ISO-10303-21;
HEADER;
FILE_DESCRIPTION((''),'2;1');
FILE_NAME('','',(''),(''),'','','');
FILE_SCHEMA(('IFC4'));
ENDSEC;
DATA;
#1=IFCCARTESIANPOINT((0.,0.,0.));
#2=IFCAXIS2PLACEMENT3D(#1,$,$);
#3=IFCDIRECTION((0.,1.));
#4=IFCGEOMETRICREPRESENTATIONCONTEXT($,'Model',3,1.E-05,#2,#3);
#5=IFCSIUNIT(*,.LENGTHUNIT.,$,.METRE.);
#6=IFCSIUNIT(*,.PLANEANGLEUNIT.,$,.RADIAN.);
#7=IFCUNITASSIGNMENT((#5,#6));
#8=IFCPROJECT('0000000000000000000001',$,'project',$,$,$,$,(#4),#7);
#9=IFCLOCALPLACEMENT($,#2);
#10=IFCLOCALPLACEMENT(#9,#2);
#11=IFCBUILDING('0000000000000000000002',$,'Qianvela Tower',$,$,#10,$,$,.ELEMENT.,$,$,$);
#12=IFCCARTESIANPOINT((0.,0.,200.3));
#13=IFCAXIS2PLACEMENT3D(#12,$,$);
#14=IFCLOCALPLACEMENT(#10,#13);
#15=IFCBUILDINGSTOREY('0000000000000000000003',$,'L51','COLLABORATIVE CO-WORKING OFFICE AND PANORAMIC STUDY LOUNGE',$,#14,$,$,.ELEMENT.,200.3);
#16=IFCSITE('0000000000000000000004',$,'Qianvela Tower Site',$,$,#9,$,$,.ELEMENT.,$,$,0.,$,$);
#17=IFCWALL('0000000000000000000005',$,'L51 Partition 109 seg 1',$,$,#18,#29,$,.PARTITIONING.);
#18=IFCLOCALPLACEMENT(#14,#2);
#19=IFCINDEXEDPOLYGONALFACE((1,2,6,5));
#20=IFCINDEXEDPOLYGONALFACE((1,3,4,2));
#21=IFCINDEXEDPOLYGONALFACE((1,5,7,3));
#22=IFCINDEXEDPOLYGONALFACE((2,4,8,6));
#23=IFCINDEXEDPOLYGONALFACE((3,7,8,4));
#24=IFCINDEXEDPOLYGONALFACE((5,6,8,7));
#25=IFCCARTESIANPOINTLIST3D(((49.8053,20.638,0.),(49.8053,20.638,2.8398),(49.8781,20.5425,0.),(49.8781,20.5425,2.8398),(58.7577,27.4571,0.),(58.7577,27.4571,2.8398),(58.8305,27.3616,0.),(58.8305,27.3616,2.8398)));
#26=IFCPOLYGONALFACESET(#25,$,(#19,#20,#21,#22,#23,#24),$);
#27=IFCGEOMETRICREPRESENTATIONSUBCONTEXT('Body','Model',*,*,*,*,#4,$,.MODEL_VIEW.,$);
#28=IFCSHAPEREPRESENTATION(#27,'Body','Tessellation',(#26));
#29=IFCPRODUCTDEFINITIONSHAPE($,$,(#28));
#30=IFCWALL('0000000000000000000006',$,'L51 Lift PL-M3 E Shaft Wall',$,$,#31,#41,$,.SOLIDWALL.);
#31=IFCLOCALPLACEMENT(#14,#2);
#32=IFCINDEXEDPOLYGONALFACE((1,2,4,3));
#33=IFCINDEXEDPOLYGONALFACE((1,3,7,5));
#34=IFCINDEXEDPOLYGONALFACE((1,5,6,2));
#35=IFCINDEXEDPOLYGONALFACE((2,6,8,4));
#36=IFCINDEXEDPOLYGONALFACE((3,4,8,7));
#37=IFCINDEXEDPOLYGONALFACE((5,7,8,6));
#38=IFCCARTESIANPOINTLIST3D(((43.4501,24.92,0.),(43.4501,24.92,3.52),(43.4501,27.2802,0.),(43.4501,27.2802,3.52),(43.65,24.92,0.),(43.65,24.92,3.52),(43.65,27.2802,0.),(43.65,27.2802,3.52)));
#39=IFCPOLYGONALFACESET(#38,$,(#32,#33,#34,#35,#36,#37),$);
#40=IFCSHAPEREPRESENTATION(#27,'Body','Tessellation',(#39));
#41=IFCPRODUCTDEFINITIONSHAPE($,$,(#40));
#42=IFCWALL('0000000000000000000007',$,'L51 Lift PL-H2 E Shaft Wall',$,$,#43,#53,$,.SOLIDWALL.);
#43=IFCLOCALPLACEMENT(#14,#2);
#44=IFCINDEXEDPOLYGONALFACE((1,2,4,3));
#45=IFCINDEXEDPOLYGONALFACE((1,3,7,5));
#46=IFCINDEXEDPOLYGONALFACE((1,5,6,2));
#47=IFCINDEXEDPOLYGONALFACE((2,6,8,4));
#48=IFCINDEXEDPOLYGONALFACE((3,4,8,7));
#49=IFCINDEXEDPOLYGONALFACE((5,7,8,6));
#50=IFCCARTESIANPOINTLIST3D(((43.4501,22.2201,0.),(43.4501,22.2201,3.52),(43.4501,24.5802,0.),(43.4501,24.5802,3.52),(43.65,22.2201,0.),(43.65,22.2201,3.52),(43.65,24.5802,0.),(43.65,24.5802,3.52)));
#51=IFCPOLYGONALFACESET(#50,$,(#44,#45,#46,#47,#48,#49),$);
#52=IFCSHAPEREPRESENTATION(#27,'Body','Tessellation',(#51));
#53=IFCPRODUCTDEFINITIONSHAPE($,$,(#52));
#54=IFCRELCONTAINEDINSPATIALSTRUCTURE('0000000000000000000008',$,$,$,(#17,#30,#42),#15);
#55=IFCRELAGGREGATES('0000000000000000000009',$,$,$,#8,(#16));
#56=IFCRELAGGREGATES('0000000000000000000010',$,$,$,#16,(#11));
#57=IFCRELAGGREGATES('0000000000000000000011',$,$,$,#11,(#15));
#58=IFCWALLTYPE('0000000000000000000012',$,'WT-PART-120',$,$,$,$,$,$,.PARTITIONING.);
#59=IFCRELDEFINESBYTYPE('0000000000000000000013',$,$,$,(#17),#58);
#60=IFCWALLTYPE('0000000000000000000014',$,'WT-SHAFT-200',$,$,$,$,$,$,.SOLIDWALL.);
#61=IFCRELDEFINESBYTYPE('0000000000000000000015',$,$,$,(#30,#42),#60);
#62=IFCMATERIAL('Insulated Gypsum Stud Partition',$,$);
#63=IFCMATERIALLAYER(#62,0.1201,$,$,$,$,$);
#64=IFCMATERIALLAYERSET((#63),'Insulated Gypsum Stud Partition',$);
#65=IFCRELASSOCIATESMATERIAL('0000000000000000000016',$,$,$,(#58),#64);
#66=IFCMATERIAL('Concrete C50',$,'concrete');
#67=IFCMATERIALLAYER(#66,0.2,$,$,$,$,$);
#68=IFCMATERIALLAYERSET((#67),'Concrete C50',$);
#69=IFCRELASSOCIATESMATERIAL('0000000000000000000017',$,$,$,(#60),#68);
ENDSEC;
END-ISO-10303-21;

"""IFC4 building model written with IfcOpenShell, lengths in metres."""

from ifc_helpers import new_model, si_unit, direction, frame, frame_2d, origin, place, context, subcontext, project, spatial, rectangle, extrude, material, layer, layer_set, type_object, element, save


model = new_model("IFC4")

# Units and contexts
model_context = context("Model", 3, precision=1e-05, world=origin(), true_north=direction((0.0, 1.0)))
body_context = subcontext(model_context, "Body", "Model", "MODEL_VIEW")
ifc_project = project(units=[si_unit("LENGTHUNIT", "METRE"), si_unit("PLANEANGLEUNIT", "RADIAN")], contexts=[model_context])

# Site, building, storey
site_placement = place(None, origin())
site = spatial("IfcSite", under=ifc_project, at=site_placement, Name="Qianvela Tower Site", CompositionType="ELEMENT", RefElevation=0.0)
building_placement = place(site_placement, origin())
building = spatial("IfcBuilding", under=site, at=building_placement, Name="Qianvela Tower", CompositionType="ELEMENT")
storey_placement = place(building_placement, frame((0.0, 0.0, 200.3)))
storey = spatial("IfcBuildingStorey", under=building, at=storey_placement, Name="L51", Description="COLLABORATIVE CO-WORKING OFFICE AND PANORAMIC STUDY LOUNGE", CompositionType="ELEMENT", Elevation=200.3)

# Walls
ifc_material_1 = material(Name="Insulated Gypsum Stud Partition")
ifc_layer_1 = layer(ifc_material_1, 0.1201)
ifc_layer_set_1 = layer_set([ifc_layer_1], Name="Insulated Gypsum Stud Partition")
wall_type_1 = type_object("IfcWallType", Name="WT-PART-120", PredefinedType="PARTITIONING", material=ifc_layer_set_1)
wall_1_placement = place(storey_placement, frame((58.7942, 27.4094, 0.0), z_axis=(0.0, 0.0, 1.0), x_axis=(-0.795508, -0.605943, 0.0)))
element("IfcWall", 1, at=wall_1_placement, inside=storey, type_object=wall_type_1, Name="L51 Partition 109 seg 1", PredefinedType="PARTITIONING", context=body_context, shape_type="SweptSolid", body=[
    extrude(rectangle(XDim=11.2537, YDim=0.1201, at=frame_2d((5.627, 0.0))), origin(), (0.0, 0.0, 1.0), 2.8398),
])
ifc_material_2 = material(Name="Concrete C50", Category="concrete")
ifc_layer_2 = layer(ifc_material_2, 0.2)
ifc_layer_set_2 = layer_set([ifc_layer_2], Name="Concrete C50")
wall_type_2 = type_object("IfcWallType", Name="WT-SHAFT-200", PredefinedType="SOLIDWALL", material=ifc_layer_set_2)
for number, where, z_axis, x_axis, name in (
    (2, (43.55, 24.9199, 0.0), (0.0, 0.0, 1.0), (0.0, 1.0, 0.0), "L51 Lift PL-M3 E Shaft Wall"),
    (3, (43.55, 22.22, 0.0), (0.0, 0.0, 1.0), (0.0, 1.0, 0.0), "L51 Lift PL-H2 E Shaft Wall"),
):
    element("IfcWall", number, at=place(storey_placement, frame(where, z_axis=z_axis, x_axis=x_axis)), inside=storey, type_object=wall_type_2, Name=name, PredefinedType="SOLIDWALL", context=body_context, shape_type="SweptSolid", body=[
        extrude(rectangle(XDim=2.3601, YDim=0.2, at=frame_2d((1.1802, 0.0))), origin(), (0.0, 0.0, 1.0), 3.52),
    ])

save(model, "model.ifc")
